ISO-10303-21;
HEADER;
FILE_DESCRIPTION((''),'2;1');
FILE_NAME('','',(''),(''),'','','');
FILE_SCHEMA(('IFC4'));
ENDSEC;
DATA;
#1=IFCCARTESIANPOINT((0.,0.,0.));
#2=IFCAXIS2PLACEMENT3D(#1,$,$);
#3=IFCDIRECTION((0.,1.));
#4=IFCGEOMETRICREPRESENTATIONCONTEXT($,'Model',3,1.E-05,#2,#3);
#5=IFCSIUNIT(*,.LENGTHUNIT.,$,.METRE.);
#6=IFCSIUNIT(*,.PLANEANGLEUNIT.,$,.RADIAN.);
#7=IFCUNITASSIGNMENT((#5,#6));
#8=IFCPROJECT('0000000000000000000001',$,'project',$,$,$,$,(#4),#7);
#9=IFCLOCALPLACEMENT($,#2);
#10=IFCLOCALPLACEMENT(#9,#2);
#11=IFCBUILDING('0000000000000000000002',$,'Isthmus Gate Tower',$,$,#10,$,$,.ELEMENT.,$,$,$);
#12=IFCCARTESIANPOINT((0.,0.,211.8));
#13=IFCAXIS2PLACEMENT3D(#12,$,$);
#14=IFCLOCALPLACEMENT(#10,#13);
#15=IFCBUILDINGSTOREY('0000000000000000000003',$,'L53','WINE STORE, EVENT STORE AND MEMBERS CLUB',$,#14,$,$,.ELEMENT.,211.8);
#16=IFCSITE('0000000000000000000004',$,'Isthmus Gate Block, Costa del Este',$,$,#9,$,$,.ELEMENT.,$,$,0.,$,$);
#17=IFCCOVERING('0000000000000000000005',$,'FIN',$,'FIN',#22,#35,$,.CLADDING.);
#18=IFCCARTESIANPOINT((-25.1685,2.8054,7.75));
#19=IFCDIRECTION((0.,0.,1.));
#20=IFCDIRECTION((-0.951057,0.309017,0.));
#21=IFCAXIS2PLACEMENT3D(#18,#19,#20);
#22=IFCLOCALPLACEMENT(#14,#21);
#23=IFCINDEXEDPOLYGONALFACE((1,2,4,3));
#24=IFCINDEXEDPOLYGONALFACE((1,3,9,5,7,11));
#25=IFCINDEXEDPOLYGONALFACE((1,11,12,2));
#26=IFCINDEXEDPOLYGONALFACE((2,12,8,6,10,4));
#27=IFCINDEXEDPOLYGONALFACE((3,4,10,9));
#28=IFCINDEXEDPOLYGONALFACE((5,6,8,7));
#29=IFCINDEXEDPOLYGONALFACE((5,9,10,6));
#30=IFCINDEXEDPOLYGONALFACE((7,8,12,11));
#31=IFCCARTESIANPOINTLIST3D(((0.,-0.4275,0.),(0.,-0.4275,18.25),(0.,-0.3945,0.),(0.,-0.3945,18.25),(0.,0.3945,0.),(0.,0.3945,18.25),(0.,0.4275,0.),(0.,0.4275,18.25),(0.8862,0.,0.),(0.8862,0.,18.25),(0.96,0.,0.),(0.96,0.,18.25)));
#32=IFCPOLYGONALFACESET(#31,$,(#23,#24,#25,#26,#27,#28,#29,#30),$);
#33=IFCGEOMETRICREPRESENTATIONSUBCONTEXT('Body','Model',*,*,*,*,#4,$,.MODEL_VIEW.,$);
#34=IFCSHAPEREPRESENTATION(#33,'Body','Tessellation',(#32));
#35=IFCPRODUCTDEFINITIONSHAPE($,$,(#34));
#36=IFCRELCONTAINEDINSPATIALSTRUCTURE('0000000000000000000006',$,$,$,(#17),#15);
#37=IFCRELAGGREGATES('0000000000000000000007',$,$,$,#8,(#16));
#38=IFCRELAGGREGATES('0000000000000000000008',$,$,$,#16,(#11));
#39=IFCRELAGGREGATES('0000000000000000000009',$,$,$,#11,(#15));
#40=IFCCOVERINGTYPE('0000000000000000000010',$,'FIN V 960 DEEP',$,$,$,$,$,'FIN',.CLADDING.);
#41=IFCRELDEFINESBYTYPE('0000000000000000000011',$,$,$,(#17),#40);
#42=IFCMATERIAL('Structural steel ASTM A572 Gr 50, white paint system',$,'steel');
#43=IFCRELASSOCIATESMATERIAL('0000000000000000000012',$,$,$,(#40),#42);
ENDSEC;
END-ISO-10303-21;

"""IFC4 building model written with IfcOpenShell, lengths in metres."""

from ifc_helpers import new_model, si_unit, direction, frame, origin, place, context, subcontext, project, spatial, polyline, outline, extrude, material, material_profile, profile_set, type_object, element, save


model = new_model("IFC4")

# Units and contexts
model_context = context("Model", 3, precision=1e-05, world=origin(), true_north=direction((0.0, 1.0)))
body_context = subcontext(model_context, "Body", "Model", "MODEL_VIEW")
ifc_project = project(units=[si_unit("LENGTHUNIT", "METRE"), si_unit("PLANEANGLEUNIT", "RADIAN")], contexts=[model_context])

# Site, building, storey
site_placement = place(None, origin())
site = spatial("IfcSite", under=ifc_project, at=site_placement, Name="Isthmus Gate Block, Costa del Este", CompositionType="ELEMENT", RefElevation=0.0)
building_placement = place(site_placement, origin())
building = spatial("IfcBuilding", under=site, at=building_placement, Name="Isthmus Gate Tower", CompositionType="ELEMENT")
storey_placement = place(building_placement, frame((0.0, 0.0, 211.8)))
storey = spatial("IfcBuildingStorey", under=building, at=storey_placement, Name="L53", Description="WINE STORE, EVENT STORE AND MEMBERS CLUB", CompositionType="ELEMENT", Elevation=211.8)

# Covering
ifc_material_1 = material(Name="Structural steel ASTM A572 Gr 50, white paint system", Category="steel")
ifc_material_profile_1 = material_profile(ifc_material_1, outline(polyline([(0.0, -0.4275), (0.96, 0.0), (0.0, 0.4275), (0.0, 0.3945), (0.8862, 0.0), (0.0, -0.3945), (0.0, -0.4275)])), Name="V960")
ifc_profile_set_1 = profile_set([ifc_material_profile_1], Name="Structural steel ASTM A572 Gr 50, white paint system")
covering_type_1 = type_object("IfcCoveringType", Name="FIN V 960 DEEP", ElementType="FIN", PredefinedType="CLADDING", material=ifc_profile_set_1)
for number, where, z_axis, x_axis, name in (
    (1, (-25.1685, 2.8054, 7.75), (0.0, 0.0, 1.0), (-0.951057, 0.309017, 0.0), "FIN"),
):
    element("IfcCovering", number, at=place(storey_placement, frame(where, z_axis=z_axis, x_axis=x_axis)), inside=storey, type_object=covering_type_1, Name=name, ObjectType="FIN", PredefinedType="CLADDING", context=body_context, shape_type="SweptSolid", body=[
        extrude(outline(polyline([(0.0, -0.4275), (0.96, 0.0), (0.0, 0.4275), (0.0, 0.3945), (0.8862, 0.0), (0.0, -0.3945), (0.0, -0.4275)])), origin(), (0.0, 0.0, 1.0), 18.25),
    ])

save(model, "model.ifc")
